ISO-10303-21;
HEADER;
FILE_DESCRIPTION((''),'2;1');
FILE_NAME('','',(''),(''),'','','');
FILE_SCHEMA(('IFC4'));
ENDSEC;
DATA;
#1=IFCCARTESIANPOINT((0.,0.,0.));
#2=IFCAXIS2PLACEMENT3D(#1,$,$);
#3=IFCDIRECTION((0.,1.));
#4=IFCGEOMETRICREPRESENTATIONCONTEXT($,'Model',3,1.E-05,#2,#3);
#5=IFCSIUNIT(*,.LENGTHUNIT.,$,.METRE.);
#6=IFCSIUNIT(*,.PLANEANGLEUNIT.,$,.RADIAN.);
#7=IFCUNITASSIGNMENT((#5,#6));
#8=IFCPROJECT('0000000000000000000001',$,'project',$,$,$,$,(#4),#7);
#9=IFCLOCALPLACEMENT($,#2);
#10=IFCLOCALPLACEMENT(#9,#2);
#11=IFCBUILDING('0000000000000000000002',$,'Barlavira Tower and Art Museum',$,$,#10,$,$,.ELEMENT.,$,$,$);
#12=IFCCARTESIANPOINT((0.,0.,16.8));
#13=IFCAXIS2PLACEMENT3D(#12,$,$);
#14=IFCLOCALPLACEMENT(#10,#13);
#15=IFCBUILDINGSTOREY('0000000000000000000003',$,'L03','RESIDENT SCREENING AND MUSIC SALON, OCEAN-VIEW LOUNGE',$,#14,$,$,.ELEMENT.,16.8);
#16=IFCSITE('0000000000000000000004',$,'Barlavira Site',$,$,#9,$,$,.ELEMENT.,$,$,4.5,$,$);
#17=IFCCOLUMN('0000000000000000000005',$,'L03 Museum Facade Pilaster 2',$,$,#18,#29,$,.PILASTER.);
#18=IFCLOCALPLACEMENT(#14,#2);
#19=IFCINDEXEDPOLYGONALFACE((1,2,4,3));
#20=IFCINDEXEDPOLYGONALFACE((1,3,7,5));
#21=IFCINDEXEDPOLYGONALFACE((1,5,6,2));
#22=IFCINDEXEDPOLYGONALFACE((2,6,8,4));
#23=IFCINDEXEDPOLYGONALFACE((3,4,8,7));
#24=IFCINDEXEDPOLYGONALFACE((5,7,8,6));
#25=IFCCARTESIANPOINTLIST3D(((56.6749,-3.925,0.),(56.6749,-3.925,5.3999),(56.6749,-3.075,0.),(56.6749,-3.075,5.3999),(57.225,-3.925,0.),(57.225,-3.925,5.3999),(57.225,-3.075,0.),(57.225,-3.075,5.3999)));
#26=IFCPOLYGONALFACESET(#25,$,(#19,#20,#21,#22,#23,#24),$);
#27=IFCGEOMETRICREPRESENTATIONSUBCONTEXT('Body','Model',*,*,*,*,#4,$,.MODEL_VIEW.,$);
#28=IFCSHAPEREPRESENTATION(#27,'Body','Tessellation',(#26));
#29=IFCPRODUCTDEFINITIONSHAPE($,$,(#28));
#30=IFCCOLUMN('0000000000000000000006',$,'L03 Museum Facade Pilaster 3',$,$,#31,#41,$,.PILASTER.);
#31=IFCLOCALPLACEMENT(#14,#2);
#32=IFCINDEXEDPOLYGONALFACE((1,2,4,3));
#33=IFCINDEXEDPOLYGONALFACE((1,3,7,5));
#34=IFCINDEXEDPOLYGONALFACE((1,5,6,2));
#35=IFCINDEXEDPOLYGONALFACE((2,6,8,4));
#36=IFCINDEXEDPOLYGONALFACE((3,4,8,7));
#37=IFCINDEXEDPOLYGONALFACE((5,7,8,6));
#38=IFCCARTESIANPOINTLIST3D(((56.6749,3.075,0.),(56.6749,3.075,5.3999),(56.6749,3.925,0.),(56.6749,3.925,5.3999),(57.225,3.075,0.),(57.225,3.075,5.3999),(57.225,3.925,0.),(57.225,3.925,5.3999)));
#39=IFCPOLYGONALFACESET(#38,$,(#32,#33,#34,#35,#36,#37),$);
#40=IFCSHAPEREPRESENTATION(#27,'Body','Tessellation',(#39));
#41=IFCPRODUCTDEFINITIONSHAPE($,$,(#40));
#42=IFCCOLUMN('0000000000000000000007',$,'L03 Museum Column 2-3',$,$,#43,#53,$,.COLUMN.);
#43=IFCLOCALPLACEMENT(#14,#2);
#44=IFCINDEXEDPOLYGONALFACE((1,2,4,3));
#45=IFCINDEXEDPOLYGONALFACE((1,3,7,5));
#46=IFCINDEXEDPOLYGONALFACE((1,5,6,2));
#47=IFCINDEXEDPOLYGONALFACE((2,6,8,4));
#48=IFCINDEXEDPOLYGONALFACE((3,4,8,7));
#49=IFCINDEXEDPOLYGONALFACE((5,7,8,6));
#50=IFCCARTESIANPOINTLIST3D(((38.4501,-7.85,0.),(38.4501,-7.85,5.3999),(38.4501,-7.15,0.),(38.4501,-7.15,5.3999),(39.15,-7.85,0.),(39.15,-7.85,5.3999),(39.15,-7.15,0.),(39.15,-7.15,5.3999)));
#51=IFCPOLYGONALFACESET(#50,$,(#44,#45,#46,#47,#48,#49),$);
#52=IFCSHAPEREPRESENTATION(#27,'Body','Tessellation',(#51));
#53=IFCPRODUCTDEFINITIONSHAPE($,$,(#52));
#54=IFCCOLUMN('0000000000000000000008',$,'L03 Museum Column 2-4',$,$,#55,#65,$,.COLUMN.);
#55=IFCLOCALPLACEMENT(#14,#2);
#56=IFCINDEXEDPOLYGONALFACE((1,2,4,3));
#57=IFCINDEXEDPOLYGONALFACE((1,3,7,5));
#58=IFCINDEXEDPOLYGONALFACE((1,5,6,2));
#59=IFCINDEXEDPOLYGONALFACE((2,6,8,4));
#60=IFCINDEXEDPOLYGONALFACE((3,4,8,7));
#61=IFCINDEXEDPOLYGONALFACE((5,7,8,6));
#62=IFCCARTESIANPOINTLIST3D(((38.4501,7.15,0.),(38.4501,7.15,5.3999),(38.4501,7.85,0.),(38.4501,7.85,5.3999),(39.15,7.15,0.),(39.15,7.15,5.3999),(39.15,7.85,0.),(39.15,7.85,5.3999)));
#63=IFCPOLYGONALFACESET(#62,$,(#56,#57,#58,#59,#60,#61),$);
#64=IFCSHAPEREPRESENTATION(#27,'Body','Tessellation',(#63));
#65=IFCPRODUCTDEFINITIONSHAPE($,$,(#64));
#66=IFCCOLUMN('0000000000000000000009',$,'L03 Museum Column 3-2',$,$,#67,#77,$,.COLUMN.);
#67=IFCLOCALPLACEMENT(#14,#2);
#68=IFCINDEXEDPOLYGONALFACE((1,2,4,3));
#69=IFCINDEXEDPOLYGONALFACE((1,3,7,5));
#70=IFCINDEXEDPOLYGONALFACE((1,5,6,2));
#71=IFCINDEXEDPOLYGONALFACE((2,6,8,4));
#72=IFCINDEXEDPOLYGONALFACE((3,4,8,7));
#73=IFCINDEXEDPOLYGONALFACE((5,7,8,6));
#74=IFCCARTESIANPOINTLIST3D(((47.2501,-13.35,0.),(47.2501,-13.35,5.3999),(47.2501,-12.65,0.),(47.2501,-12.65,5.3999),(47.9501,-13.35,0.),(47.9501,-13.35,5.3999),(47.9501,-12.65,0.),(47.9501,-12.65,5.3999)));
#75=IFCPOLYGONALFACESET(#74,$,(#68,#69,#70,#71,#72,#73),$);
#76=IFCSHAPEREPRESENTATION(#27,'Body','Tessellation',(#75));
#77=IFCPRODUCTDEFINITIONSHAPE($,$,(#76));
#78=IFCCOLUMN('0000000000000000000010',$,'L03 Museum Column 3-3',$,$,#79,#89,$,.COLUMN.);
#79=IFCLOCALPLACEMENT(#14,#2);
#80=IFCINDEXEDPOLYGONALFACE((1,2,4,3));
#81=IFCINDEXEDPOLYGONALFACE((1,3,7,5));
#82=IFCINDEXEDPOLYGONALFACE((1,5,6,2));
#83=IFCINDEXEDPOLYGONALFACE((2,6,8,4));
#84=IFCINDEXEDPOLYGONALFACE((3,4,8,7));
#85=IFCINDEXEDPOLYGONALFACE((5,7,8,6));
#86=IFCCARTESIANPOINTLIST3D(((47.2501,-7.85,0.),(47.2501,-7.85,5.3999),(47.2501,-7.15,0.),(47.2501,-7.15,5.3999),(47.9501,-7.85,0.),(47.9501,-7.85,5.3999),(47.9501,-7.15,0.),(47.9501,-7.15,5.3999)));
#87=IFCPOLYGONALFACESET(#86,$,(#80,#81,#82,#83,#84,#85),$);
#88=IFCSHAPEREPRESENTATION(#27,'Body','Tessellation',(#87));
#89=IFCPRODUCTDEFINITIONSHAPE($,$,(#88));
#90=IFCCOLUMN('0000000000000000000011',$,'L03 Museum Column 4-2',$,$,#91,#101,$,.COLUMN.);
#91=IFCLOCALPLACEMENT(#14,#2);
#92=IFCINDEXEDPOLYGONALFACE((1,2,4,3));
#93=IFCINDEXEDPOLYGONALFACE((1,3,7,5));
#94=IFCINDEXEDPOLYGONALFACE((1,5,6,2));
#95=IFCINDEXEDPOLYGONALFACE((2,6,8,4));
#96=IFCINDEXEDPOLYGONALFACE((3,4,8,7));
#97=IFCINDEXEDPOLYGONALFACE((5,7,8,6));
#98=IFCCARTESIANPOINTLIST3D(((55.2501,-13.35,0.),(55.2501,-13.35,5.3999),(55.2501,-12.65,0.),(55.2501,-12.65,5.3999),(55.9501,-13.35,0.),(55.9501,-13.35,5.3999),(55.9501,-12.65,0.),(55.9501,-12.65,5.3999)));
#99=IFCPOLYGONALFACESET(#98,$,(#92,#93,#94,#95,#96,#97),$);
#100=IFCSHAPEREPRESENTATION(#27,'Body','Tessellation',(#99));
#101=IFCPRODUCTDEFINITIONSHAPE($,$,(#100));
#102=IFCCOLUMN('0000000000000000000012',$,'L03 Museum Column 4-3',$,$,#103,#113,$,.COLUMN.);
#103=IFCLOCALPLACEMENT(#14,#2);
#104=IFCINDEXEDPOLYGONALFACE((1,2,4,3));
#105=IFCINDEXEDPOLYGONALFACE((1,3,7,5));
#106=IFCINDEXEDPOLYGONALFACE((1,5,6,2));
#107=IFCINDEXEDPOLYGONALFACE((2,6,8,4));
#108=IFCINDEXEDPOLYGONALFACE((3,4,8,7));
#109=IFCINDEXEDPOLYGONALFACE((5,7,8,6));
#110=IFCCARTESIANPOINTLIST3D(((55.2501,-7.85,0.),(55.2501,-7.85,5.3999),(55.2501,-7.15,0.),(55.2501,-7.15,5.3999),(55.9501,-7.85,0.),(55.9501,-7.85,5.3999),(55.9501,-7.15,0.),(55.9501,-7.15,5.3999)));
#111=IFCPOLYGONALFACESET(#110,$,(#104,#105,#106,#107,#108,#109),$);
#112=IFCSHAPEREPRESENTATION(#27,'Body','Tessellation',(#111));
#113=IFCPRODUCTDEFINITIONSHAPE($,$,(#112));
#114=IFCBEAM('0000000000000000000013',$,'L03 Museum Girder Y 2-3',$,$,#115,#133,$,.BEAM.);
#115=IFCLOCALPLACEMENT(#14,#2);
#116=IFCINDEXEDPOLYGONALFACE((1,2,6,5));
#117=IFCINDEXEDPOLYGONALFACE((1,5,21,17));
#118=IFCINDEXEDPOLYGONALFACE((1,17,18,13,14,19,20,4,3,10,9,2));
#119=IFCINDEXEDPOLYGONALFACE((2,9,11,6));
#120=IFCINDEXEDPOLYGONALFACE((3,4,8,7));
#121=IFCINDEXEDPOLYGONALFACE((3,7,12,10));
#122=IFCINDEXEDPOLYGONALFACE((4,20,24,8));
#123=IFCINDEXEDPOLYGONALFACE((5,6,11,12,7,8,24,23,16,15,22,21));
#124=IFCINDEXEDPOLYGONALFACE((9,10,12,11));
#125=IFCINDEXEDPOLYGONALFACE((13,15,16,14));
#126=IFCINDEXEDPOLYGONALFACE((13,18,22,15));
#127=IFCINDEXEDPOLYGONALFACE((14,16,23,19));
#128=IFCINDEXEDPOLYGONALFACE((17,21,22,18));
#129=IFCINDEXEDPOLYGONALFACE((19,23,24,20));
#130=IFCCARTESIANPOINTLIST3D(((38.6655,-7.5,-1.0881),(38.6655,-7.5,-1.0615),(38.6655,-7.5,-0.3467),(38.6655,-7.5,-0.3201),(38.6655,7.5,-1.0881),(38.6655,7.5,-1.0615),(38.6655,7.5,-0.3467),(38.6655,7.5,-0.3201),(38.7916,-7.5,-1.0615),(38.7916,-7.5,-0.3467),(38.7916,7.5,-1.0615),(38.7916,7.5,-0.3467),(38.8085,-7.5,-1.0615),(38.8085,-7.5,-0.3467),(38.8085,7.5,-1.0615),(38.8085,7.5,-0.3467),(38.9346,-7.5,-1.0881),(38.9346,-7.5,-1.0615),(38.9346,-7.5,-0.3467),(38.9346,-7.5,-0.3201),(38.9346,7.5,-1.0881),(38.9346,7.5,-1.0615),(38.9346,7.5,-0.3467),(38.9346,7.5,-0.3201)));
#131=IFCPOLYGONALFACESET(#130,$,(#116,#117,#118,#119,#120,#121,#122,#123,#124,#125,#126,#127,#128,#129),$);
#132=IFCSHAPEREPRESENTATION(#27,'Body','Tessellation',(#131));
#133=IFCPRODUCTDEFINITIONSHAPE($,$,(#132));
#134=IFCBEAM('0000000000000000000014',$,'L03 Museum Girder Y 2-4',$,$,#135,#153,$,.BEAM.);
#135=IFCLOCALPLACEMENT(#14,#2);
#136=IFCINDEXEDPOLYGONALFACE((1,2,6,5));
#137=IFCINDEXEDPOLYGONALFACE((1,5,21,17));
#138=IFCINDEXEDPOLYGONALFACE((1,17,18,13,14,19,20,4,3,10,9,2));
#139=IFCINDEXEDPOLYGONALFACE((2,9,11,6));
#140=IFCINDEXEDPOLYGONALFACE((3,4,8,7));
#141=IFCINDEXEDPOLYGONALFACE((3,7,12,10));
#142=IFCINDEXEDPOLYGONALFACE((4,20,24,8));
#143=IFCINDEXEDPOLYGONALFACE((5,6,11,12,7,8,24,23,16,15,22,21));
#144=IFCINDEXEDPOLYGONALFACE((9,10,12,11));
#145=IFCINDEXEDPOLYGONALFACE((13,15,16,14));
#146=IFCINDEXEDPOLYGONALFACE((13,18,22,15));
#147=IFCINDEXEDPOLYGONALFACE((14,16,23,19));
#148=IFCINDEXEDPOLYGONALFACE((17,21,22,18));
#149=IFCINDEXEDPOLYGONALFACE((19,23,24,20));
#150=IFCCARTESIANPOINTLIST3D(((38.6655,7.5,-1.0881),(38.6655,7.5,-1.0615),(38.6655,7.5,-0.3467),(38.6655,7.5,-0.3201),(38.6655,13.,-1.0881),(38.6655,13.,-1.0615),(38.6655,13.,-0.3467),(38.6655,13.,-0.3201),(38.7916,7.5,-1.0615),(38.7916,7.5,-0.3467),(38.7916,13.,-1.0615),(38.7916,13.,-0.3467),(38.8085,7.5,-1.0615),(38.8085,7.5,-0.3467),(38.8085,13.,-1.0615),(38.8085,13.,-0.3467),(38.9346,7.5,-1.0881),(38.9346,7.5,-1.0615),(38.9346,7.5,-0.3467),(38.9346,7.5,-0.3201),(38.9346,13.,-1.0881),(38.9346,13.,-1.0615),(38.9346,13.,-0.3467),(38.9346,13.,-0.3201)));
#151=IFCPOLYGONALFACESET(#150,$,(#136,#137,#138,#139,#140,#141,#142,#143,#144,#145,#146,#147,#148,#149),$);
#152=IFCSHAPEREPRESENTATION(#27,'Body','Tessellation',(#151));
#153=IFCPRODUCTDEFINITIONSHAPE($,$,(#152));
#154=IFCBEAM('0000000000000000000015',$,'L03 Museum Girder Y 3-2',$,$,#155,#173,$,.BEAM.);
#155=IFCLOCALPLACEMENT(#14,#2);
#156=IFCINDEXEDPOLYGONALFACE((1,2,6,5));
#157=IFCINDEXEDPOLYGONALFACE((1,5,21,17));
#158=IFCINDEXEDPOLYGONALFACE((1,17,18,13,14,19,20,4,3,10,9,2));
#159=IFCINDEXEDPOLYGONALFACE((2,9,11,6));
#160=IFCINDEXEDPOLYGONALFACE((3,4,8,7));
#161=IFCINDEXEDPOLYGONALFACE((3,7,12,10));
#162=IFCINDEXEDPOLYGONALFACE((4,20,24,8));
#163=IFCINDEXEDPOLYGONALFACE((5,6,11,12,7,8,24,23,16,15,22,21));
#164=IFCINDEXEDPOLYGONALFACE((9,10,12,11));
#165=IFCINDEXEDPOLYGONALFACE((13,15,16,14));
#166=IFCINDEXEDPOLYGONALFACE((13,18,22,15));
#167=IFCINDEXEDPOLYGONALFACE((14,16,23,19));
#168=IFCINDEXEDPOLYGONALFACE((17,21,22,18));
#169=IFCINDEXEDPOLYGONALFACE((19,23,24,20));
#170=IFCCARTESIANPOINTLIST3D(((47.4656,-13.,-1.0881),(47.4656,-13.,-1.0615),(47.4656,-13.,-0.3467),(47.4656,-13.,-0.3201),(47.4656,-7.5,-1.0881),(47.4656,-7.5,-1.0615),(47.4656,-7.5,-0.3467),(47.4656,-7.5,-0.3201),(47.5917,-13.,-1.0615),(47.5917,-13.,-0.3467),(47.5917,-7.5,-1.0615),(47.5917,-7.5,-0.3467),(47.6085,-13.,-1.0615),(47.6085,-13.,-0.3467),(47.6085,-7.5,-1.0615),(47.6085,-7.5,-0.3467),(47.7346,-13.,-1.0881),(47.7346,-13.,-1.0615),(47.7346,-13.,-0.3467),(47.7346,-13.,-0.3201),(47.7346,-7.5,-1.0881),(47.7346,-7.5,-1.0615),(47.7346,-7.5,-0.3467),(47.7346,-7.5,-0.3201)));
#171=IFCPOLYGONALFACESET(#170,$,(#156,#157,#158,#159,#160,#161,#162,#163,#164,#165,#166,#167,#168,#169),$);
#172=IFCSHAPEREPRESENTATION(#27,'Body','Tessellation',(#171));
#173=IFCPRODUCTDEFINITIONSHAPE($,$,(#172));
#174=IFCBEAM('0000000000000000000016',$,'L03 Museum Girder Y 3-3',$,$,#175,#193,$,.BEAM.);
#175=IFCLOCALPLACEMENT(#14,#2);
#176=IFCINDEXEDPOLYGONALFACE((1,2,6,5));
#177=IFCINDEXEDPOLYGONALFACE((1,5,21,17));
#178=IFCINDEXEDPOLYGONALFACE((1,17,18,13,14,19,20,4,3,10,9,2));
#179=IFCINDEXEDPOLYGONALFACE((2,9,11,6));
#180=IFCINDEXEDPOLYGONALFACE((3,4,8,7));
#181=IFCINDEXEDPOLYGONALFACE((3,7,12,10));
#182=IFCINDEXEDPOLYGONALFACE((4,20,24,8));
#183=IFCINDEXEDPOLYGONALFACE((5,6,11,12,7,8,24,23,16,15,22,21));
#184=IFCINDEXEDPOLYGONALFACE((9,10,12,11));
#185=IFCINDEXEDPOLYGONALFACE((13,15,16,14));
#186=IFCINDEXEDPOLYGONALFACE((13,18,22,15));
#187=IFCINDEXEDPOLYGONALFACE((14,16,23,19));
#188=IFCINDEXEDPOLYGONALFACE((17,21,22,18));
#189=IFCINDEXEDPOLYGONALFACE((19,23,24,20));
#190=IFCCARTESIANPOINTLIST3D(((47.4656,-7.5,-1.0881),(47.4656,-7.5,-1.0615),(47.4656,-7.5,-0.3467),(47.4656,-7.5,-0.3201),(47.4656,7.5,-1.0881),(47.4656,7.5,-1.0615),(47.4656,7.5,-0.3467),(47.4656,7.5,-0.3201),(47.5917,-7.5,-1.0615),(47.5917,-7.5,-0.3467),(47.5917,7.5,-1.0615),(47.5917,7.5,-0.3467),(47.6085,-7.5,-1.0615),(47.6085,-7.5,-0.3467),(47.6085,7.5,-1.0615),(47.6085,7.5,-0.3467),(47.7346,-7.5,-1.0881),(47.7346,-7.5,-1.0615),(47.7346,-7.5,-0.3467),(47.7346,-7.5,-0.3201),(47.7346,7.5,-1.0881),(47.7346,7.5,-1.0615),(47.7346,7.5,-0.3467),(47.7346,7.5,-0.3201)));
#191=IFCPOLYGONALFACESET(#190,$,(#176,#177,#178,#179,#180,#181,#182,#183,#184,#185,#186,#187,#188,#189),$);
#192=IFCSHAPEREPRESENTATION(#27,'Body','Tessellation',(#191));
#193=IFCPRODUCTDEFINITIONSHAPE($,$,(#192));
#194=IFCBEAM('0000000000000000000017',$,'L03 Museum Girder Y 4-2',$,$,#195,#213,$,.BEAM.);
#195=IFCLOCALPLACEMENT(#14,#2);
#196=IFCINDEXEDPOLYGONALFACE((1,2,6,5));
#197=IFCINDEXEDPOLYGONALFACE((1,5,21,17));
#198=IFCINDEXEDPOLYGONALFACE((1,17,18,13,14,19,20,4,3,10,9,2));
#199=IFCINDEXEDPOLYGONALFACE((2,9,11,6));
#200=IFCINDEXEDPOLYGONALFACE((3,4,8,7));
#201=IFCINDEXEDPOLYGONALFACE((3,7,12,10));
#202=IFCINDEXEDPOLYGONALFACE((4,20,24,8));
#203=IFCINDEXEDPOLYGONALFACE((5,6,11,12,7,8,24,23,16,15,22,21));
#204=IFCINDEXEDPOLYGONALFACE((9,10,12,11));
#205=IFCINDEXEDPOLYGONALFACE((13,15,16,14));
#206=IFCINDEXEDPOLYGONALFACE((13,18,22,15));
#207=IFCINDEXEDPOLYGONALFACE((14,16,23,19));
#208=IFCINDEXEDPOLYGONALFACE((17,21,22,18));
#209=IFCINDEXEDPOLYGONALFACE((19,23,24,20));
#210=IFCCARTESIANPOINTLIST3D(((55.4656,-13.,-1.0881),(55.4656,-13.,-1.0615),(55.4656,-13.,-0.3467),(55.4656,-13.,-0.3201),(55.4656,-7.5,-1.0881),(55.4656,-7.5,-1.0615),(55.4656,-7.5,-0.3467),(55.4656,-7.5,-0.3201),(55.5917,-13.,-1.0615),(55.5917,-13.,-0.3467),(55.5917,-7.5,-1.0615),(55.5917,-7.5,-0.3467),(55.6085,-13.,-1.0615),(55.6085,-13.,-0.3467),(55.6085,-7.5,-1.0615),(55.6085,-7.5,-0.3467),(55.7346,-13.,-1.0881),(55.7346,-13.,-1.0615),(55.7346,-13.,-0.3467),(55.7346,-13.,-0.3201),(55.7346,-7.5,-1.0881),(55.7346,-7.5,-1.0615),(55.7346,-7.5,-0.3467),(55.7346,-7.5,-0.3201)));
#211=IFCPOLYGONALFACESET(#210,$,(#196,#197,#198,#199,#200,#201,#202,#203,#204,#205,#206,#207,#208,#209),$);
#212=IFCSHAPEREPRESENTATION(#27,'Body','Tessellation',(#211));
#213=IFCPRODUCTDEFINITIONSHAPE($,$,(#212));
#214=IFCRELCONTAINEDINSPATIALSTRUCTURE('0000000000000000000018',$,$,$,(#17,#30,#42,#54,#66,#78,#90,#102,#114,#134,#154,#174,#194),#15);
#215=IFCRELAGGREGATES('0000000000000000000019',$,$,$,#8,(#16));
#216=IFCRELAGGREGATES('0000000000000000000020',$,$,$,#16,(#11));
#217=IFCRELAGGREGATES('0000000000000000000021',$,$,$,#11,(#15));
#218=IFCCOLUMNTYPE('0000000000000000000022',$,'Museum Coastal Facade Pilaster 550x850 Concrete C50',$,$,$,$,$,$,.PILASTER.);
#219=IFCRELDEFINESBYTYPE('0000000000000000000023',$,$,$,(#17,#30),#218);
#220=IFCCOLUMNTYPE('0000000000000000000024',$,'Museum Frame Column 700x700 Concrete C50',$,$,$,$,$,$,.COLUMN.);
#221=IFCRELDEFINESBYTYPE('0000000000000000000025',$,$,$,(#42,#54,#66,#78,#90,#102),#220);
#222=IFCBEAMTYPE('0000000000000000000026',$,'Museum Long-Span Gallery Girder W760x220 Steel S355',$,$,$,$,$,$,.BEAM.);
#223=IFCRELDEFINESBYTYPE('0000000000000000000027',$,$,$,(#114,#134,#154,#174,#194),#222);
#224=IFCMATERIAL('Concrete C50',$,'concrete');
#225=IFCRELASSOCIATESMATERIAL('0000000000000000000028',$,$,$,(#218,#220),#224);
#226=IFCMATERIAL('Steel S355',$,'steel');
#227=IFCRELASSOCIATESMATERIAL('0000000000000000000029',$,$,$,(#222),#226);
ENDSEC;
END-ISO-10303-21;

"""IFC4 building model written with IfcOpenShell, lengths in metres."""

from ifc_helpers import new_model, si_unit, direction, frame, origin, origin_2d, place, context, subcontext, project, spatial, rectangle, i_section, extrude, material, material_profile, profile_set, type_object, element, save


model = new_model("IFC4")

# Units and contexts
model_context = context("Model", 3, precision=1e-05, world=origin(), true_north=direction((0.0, 1.0)))
body_context = subcontext(model_context, "Body", "Model", "MODEL_VIEW")
ifc_project = project(units=[si_unit("LENGTHUNIT", "METRE"), si_unit("PLANEANGLEUNIT", "RADIAN")], contexts=[model_context])

# Site, building, storey
site_placement = place(None, origin())
site = spatial("IfcSite", under=ifc_project, at=site_placement, Name="Barlavira Site", CompositionType="ELEMENT", RefElevation=4.5)
building_placement = place(site_placement, origin())
building = spatial("IfcBuilding", under=site, at=building_placement, Name="Barlavira Tower and Art Museum", CompositionType="ELEMENT")
storey_placement = place(building_placement, frame((0.0, 0.0, 16.8)))
storey = spatial("IfcBuildingStorey", under=building, at=storey_placement, Name="L03", Description="RESIDENT SCREENING AND MUSIC SALON, OCEAN-VIEW LOUNGE", CompositionType="ELEMENT", Elevation=16.8)

# Columns
ifc_material_1 = material(Name="Concrete C50", Category="concrete")
ifc_material_profile_1 = material_profile(ifc_material_1, rectangle(XDim=0.55, YDim=0.8501, at=origin_2d()), Name="RC-PIL 550x850")
ifc_profile_set_1 = profile_set([ifc_material_profile_1], Name="Concrete C50")
column_type_1 = type_object("IfcColumnType", Name="Museum Coastal Facade Pilaster 550x850 Concrete C50", PredefinedType="PILASTER", material=ifc_profile_set_1)
for number, where, z_axis, x_axis, name in (
    (1, (56.95, -3.5, 0.0), (0.0, 0.0, 1.0), (1.0, 0.0, 0.0), "L03 Museum Facade Pilaster 2"),
    (2, (56.95, 3.5, 0.0), (0.0, 0.0, 1.0), (1.0, 0.0, 0.0), "L03 Museum Facade Pilaster 3"),
):
    element("IfcColumn", number, at=place(storey_placement, frame(where, z_axis=z_axis, x_axis=x_axis)), inside=storey, type_object=column_type_1, Name=name, PredefinedType="PILASTER", context=body_context, shape_type="SweptSolid", body=[
        extrude(rectangle(XDim=0.55, YDim=0.8501, at=origin_2d()), origin(), (0.0, 0.0, 1.0), 5.3999),
    ])
ifc_material_profile_2 = material_profile(ifc_material_1, rectangle(XDim=0.7, YDim=0.7, at=origin_2d()), Name="RC-COL 700x700")
ifc_profile_set_2 = profile_set([ifc_material_profile_2], Name="Concrete C50")
column_type_2 = type_object("IfcColumnType", Name="Museum Frame Column 700x700 Concrete C50", PredefinedType="COLUMN", material=ifc_profile_set_2)
for number, where, z_axis, x_axis, name in (
    (3, (38.8, -7.5, 0.0), (0.0, 0.0, 1.0), (1.0, 0.0, 0.0), "L03 Museum Column 2-3"),
    (4, (38.8, 7.5, 0.0), (0.0, 0.0, 1.0), (1.0, 0.0, 0.0), "L03 Museum Column 2-4"),
    (5, (47.6001, -13.0, 0.0), (0.0, 0.0, 1.0), (1.0, 0.0, 0.0), "L03 Museum Column 3-2"),
    (6, (47.6001, -7.5, 0.0), (0.0, 0.0, 1.0), (1.0, 0.0, 0.0), "L03 Museum Column 3-3"),
    (7, (55.6001, -13.0, 0.0), (0.0, 0.0, 1.0), (1.0, 0.0, 0.0), "L03 Museum Column 4-2"),
    (8, (55.6001, -7.5, 0.0), (0.0, 0.0, 1.0), (1.0, 0.0, 0.0), "L03 Museum Column 4-3"),
):
    element("IfcColumn", number, at=place(storey_placement, frame(where, z_axis=z_axis, x_axis=x_axis)), inside=storey, type_object=column_type_2, Name=name, PredefinedType="COLUMN", context=body_context, shape_type="SweptSolid", body=[
        extrude(rectangle(XDim=0.7, YDim=0.7, at=origin_2d()), origin(), (0.0, 0.0, 1.0), 5.3999),
    ])

# Beams
ifc_material_2 = material(Name="Steel S355", Category="steel")
ifc_material_profile_3 = material_profile(ifc_material_2, i_section(OverallWidth=0.269, OverallDepth=0.7681, WebThickness=0.0168, FlangeThickness=0.0266, at=origin_2d()), Name="W760x220.0")
ifc_profile_set_3 = profile_set([ifc_material_profile_3], Name="Steel S355")
beam_type = type_object("IfcBeamType", Name="Museum Long-Span Gallery Girder W760x220 Steel S355", PredefinedType="BEAM", material=ifc_profile_set_3)
beam_1_placement = place(storey_placement, frame((38.8, -7.5, -0.7041), z_axis=(0.0, 1.0, 0.0), x_axis=(-1.0, 0.0, 0.0)))
element("IfcBeam", 9, at=beam_1_placement, inside=storey, type_object=beam_type, Name="L03 Museum Girder Y 2-3", PredefinedType="BEAM", context=body_context, shape_type="SweptSolid", body=[
    extrude(i_section(OverallWidth=0.269, OverallDepth=0.7681, WebThickness=0.0168, FlangeThickness=0.0266, at=origin_2d()), origin(), (0.0, 0.0, 1.0), 15.0),
])
for number, where, z_axis, x_axis, name in (
    (10, (38.8, 7.5, -0.7041), (0.0, 1.0, 0.0), (-1.0, 0.0, 0.0), "L03 Museum Girder Y 2-4"),
    (11, (47.6001, -13.0, -0.7041), (0.0, 1.0, 0.0), (-1.0, 0.0, 0.0), "L03 Museum Girder Y 3-2"),
):
    element("IfcBeam", number, at=place(storey_placement, frame(where, z_axis=z_axis, x_axis=x_axis)), inside=storey, type_object=beam_type, Name=name, PredefinedType="BEAM", context=body_context, shape_type="SweptSolid", body=[
        extrude(i_section(OverallWidth=0.269, OverallDepth=0.7681, WebThickness=0.0168, FlangeThickness=0.0266, at=origin_2d()), origin(), (0.0, 0.0, 1.0), 5.5),
    ])
beam_2_placement = place(storey_placement, frame((47.6001, -7.5, -0.7041), z_axis=(0.0, 1.0, 0.0), x_axis=(-1.0, 0.0, 0.0)))
element("IfcBeam", 12, at=beam_2_placement, inside=storey, type_object=beam_type, Name="L03 Museum Girder Y 3-3", PredefinedType="BEAM", context=body_context, shape_type="SweptSolid", body=[
    extrude(i_section(OverallWidth=0.269, OverallDepth=0.7681, WebThickness=0.0168, FlangeThickness=0.0266, at=origin_2d()), origin(), (0.0, 0.0, 1.0), 15.0),
])
beam_3_placement = place(storey_placement, frame((55.6001, -13.0, -0.7041), z_axis=(0.0, 1.0, 0.0), x_axis=(-1.0, 0.0, 0.0)))
element("IfcBeam", 13, at=beam_3_placement, inside=storey, type_object=beam_type, Name="L03 Museum Girder Y 4-2", PredefinedType="BEAM", context=body_context, shape_type="SweptSolid", body=[
    extrude(i_section(OverallWidth=0.269, OverallDepth=0.7681, WebThickness=0.0168, FlangeThickness=0.0266, at=origin_2d()), origin(), (0.0, 0.0, 1.0), 5.5),
])

save(model, "model.ifc")
